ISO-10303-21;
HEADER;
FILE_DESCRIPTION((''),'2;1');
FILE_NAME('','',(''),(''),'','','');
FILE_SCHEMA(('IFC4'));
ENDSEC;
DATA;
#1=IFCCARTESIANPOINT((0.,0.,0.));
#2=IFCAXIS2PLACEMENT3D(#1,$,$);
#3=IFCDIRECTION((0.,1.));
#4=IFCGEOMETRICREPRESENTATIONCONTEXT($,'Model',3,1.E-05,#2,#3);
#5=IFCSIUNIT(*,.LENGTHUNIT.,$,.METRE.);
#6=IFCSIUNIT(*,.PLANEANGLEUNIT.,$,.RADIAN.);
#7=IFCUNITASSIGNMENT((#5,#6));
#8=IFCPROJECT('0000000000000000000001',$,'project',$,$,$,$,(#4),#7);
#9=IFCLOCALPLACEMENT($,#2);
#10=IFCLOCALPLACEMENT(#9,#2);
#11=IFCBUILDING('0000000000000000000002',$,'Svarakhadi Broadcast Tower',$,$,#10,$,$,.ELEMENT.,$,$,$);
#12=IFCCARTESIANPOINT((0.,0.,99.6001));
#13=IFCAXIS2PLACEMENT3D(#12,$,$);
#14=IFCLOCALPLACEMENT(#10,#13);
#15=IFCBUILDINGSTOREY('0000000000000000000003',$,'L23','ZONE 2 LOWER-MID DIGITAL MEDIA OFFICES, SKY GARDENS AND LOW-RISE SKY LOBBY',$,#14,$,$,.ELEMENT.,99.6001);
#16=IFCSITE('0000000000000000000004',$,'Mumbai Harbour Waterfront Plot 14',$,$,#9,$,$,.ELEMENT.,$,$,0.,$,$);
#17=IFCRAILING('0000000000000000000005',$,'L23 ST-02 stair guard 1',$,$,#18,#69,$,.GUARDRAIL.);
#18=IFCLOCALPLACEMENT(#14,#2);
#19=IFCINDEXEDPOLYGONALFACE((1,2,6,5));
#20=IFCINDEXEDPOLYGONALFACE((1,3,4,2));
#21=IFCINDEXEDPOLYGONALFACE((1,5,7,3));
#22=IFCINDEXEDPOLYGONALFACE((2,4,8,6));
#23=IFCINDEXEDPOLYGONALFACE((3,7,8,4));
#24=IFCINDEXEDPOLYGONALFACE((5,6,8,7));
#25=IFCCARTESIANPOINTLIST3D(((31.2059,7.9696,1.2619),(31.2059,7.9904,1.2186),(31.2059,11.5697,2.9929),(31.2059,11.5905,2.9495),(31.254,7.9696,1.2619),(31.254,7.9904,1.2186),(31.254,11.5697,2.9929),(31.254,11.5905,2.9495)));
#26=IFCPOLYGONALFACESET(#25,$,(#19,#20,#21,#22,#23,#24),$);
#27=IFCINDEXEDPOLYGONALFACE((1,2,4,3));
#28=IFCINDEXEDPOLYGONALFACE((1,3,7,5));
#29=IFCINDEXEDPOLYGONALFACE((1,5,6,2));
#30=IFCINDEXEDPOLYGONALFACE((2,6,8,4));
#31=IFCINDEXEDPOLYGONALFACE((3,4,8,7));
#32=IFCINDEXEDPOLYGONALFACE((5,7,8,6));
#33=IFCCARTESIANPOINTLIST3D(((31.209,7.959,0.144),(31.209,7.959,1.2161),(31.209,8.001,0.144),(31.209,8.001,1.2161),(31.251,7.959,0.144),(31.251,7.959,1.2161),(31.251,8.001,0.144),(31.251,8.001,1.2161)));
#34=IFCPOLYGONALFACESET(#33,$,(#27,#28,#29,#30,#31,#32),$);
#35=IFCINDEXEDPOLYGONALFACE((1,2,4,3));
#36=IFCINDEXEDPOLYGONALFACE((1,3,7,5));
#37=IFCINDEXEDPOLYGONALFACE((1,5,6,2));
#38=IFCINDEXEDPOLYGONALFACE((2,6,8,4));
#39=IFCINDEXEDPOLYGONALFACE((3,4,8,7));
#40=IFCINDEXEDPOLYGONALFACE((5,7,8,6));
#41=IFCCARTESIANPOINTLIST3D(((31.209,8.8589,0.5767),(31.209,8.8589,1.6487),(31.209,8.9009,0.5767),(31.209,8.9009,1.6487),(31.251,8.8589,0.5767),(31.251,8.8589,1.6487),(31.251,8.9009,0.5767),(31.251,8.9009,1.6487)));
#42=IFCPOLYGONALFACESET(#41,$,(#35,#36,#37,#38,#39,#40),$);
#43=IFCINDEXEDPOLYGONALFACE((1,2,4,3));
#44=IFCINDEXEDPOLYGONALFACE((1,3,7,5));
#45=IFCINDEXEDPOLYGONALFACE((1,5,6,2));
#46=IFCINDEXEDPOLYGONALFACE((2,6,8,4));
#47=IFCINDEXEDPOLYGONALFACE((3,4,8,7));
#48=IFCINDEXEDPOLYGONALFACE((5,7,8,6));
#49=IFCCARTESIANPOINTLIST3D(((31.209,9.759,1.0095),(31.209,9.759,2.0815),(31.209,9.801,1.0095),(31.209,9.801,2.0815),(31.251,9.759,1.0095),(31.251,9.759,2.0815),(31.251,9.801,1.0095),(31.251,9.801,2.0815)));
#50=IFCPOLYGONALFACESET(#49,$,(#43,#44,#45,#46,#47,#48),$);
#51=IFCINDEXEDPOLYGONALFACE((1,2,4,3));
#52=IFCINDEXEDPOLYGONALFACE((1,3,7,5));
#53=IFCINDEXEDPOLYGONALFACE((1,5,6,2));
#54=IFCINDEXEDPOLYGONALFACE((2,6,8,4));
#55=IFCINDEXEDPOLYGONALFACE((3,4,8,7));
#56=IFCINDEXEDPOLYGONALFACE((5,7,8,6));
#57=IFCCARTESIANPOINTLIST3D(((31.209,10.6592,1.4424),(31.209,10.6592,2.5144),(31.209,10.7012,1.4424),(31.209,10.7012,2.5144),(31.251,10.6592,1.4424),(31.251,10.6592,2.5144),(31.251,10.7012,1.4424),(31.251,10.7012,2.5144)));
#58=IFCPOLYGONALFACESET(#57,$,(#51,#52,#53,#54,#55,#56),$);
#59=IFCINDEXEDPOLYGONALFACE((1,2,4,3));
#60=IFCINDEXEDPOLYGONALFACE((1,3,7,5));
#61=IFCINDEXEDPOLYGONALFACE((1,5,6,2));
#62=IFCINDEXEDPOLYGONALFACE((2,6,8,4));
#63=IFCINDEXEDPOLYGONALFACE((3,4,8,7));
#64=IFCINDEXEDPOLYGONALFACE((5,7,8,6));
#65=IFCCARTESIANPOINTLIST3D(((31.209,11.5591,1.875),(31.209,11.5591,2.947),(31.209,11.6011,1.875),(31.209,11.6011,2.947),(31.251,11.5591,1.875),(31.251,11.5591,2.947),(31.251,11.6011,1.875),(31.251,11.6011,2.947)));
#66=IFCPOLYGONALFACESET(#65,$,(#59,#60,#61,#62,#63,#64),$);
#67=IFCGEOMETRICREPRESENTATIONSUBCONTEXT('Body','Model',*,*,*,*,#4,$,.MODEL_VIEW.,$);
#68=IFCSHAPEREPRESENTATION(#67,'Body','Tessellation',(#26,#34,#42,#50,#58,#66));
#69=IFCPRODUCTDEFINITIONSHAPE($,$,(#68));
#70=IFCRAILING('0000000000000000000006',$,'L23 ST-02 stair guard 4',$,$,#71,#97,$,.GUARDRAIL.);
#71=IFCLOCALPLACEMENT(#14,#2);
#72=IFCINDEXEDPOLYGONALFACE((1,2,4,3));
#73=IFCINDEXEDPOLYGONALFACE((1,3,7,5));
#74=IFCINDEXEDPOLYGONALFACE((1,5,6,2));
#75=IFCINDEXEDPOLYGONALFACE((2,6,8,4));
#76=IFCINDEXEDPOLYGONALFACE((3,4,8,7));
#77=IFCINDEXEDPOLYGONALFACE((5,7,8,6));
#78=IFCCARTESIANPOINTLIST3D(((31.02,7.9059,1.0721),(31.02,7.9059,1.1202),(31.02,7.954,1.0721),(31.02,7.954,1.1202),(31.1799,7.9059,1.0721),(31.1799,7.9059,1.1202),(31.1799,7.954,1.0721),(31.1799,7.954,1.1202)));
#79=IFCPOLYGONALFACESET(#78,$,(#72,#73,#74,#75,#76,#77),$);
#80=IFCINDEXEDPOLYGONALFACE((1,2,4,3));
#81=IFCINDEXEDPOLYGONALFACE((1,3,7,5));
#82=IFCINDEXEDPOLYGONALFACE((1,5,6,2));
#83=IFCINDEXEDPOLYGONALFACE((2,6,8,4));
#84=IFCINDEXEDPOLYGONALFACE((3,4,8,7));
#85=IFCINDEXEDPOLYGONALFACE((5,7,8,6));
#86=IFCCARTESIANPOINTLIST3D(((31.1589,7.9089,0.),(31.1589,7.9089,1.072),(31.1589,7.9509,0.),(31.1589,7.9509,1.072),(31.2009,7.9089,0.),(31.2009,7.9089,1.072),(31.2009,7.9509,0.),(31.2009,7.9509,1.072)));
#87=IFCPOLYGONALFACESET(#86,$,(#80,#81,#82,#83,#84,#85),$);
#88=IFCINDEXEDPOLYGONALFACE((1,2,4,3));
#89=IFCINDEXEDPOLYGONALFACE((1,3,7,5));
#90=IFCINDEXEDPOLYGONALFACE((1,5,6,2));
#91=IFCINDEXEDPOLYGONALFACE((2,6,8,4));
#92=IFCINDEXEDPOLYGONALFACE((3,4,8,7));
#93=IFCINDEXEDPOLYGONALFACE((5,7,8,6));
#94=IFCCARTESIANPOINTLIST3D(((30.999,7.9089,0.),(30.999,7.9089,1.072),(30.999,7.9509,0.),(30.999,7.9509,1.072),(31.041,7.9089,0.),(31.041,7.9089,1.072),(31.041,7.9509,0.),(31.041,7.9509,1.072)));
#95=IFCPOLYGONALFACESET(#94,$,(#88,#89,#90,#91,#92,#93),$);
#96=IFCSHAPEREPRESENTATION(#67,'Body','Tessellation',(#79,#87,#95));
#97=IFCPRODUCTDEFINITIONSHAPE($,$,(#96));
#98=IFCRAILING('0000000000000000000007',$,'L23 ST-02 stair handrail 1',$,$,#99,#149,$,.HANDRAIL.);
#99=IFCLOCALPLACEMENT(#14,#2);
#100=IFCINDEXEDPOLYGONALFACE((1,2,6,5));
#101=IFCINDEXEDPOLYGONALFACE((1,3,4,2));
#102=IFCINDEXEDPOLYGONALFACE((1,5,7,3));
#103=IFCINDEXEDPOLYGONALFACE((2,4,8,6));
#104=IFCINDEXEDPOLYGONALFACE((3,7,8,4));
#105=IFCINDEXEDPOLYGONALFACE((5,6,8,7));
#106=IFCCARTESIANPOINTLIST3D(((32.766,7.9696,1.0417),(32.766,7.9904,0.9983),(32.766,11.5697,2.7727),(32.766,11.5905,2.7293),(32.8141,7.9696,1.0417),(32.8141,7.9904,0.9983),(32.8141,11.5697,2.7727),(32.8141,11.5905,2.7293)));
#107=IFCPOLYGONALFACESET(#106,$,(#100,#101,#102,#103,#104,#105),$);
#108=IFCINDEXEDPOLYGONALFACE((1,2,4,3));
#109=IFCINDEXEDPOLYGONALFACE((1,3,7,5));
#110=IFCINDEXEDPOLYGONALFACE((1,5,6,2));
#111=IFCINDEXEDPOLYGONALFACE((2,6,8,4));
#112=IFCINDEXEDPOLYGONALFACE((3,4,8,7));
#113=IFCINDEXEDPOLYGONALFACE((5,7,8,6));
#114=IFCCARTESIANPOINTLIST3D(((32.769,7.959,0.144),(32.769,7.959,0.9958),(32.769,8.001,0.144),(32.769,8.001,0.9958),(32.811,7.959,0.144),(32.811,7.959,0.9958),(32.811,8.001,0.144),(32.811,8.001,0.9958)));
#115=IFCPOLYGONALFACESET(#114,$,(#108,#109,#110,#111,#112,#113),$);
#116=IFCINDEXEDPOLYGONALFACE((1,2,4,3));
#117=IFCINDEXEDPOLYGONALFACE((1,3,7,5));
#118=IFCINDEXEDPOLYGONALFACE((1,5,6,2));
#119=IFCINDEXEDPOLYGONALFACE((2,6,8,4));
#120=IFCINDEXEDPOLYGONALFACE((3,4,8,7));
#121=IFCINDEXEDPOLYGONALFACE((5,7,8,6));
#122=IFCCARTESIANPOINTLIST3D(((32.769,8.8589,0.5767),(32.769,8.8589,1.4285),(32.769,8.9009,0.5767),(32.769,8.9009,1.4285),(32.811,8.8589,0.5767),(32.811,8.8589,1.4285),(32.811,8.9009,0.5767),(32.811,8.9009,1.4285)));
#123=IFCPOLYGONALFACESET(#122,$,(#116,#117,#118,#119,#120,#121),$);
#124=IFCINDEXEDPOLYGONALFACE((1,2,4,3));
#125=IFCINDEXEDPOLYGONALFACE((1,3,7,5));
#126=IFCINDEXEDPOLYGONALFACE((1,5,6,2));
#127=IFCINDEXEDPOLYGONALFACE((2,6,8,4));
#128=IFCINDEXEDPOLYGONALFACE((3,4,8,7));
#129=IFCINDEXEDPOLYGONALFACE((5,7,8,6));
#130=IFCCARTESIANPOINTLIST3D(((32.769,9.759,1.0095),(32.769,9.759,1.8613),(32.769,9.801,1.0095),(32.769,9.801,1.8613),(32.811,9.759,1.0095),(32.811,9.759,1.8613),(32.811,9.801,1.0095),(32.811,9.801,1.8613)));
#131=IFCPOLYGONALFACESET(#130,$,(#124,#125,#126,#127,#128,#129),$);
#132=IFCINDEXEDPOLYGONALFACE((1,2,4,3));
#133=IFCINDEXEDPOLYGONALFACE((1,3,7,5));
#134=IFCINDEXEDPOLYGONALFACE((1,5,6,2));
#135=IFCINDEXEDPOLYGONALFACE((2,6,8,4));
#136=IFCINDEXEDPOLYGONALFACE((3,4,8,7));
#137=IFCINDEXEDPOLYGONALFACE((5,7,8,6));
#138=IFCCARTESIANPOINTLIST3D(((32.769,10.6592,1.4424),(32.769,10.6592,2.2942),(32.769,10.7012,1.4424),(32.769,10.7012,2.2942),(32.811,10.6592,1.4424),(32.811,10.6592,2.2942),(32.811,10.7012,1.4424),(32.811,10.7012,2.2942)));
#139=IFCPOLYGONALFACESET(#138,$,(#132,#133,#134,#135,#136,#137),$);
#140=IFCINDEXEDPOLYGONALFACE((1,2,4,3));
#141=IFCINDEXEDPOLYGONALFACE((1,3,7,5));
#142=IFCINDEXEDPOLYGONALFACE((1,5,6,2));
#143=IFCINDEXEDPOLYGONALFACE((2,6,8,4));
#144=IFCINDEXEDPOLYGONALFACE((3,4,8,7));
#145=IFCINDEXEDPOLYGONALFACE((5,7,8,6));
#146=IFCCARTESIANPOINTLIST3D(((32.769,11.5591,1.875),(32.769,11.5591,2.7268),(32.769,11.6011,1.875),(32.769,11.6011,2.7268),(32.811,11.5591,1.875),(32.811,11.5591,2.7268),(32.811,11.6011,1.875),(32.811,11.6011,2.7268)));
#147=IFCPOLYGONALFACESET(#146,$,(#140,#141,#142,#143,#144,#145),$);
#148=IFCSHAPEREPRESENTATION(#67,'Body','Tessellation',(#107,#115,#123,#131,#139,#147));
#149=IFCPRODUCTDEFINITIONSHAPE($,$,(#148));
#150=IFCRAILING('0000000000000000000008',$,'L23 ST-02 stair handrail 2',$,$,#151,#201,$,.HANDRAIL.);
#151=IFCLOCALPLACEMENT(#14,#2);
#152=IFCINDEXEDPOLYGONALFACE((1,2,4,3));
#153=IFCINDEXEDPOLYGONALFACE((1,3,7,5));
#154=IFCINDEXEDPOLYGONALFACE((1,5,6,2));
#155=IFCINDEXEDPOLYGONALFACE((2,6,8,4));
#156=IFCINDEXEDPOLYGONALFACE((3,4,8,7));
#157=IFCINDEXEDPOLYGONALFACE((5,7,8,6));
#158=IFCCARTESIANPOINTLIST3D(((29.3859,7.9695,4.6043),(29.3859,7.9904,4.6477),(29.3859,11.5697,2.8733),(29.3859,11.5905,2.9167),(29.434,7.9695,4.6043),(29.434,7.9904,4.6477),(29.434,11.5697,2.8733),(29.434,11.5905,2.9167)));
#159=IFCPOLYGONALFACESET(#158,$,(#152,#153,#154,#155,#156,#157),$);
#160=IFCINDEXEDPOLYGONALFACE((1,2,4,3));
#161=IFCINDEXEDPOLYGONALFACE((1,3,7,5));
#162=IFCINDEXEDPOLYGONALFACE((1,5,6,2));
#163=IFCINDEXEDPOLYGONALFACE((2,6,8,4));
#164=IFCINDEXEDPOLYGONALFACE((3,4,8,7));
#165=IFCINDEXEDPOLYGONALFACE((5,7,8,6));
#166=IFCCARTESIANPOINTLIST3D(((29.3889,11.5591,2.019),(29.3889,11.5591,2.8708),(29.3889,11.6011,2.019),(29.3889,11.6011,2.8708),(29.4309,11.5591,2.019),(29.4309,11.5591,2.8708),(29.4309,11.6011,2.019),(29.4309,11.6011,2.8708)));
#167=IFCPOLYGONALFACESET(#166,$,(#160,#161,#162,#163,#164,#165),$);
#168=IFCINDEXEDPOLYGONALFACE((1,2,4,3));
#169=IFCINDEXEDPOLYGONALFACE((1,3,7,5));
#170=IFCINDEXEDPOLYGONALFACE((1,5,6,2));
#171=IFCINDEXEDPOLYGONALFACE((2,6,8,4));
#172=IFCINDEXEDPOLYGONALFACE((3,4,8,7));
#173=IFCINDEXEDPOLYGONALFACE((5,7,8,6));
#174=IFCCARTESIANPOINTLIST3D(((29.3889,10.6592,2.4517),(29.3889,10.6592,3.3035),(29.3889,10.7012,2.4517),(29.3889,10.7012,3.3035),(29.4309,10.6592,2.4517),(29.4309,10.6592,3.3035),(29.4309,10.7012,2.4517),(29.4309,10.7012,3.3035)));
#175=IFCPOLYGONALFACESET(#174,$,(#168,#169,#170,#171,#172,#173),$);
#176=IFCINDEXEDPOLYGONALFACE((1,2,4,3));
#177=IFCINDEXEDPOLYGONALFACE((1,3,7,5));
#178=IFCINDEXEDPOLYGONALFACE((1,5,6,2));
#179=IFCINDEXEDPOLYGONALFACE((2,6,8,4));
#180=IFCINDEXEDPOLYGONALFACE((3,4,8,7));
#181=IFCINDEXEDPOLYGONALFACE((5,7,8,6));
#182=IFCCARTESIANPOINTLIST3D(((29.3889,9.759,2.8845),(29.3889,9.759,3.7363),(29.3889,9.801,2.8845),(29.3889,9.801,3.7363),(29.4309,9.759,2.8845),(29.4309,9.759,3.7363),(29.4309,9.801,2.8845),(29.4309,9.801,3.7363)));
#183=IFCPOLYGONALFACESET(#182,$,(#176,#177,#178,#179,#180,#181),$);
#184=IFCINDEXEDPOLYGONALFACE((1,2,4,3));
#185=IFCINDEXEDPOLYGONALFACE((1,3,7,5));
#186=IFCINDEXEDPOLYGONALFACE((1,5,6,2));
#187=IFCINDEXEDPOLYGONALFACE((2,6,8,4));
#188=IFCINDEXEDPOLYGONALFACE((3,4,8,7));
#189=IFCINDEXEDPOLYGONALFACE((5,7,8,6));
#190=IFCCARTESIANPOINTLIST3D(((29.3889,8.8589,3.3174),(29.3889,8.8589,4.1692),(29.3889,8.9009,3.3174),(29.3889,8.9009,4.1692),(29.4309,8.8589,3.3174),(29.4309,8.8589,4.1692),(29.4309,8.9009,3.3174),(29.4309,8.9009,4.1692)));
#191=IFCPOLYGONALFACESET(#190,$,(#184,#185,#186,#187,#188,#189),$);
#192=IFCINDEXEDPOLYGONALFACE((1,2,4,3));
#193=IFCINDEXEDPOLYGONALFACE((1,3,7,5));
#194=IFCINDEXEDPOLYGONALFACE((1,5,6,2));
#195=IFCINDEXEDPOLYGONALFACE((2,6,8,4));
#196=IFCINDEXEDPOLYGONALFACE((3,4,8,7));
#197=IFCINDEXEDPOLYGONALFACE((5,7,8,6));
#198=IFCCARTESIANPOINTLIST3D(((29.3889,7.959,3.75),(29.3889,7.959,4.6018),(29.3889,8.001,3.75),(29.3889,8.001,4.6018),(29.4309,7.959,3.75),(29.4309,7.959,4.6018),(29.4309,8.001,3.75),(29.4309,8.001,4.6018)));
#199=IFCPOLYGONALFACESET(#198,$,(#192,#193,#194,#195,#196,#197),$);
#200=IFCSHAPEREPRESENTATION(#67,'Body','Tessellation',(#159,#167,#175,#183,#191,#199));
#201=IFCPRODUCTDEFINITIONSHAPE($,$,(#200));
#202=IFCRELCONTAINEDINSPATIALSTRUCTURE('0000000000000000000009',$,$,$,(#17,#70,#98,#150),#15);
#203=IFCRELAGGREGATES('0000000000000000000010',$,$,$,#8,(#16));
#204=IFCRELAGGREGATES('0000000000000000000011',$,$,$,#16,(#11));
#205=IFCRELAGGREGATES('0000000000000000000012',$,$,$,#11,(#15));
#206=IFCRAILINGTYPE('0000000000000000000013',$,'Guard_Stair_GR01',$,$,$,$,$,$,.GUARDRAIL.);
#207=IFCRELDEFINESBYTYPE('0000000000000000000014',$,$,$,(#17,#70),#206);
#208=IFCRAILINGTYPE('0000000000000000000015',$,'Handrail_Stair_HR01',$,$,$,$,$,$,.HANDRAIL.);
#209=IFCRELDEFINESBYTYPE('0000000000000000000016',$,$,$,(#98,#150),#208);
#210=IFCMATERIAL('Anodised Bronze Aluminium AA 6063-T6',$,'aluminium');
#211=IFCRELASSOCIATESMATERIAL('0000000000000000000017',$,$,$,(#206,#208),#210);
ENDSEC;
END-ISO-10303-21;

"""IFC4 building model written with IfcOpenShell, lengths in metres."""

from ifc_helpers import new_model, si_unit, direction, frame, origin, origin_2d, place, context, subcontext, project, spatial, rectangle, extrude, material, type_object, element, save


model = new_model("IFC4")

# Units and contexts
model_context = context("Model", 3, precision=1e-05, world=origin(), true_north=direction((0.0, 1.0)))
body_context = subcontext(model_context, "Body", "Model", "MODEL_VIEW")
ifc_project = project(units=[si_unit("LENGTHUNIT", "METRE"), si_unit("PLANEANGLEUNIT", "RADIAN")], contexts=[model_context])

# Site, building, storey
site_placement = place(None, origin())
site = spatial("IfcSite", under=ifc_project, at=site_placement, Name="Mumbai Harbour Waterfront Plot 14", CompositionType="ELEMENT", RefElevation=0.0)
building_placement = place(site_placement, origin())
building = spatial("IfcBuilding", under=site, at=building_placement, Name="Svarakhadi Broadcast Tower", CompositionType="ELEMENT")
storey_placement = place(building_placement, frame((0.0, 0.0, 99.6001)))
storey = spatial("IfcBuildingStorey", under=building, at=storey_placement, Name="L23", Description="ZONE 2 LOWER-MID DIGITAL MEDIA OFFICES, SKY GARDENS AND LOW-RISE SKY LOBBY", CompositionType="ELEMENT", Elevation=99.6001)

# Shared definitions
ifc_material_1 = material(Name="Anodised Bronze Aluminium AA 6063-T6", Category="aluminium")

# Railings
railing_type_1 = type_object("IfcRailingType", Name="Guard_Stair_GR01", PredefinedType="GUARDRAIL", material=ifc_material_1)
railing_1_placement = place(storey_placement, frame((31.23, 7.98, 0.144)))
element("IfcRailing", 1, at=railing_1_placement, inside=storey, type_object=railing_type_1, Name="L23 ST-02 stair guard 1", PredefinedType="GUARDRAIL", context=body_context, shape_type="SweptSolid", body=[
    extrude(rectangle(XDim=0.0481, YDim=0.0481, at=origin_2d()), frame((0.0, 0.0, 1.0962), z_axis=(0.0, 0.901239, 0.433323), x_axis=(-1.0, 0.0, 0.0)), (0.0, 0.0, 1.0), 3.9946),
    extrude(rectangle(XDim=0.042, YDim=0.042, at=origin_2d()), origin(), (0.0, 0.0, 1.0), 1.072),
    extrude(rectangle(XDim=0.042, YDim=0.042, at=origin_2d()), frame((0.0, 0.8999, 0.4326)), (0.0, 0.0, 1.0), 1.072),
    extrude(rectangle(XDim=0.042, YDim=0.042, at=origin_2d()), frame((0.0, 1.8, 0.8655)), (0.0, 0.0, 1.0), 1.072),
    extrude(rectangle(XDim=0.042, YDim=0.042, at=origin_2d()), frame((0.0, 2.7002, 1.2983)), (0.0, 0.0, 1.0), 1.072),
    extrude(rectangle(XDim=0.042, YDim=0.042, at=origin_2d()), frame((0.0, 3.6001, 1.731)), (0.0, 0.0, 1.0), 1.072),
])
railing_2_placement = place(storey_placement, frame((31.1799, 7.9299, 0.0)))
element("IfcRailing", 2, at=railing_2_placement, inside=storey, type_object=railing_type_1, Name="L23 ST-02 stair guard 4", PredefinedType="GUARDRAIL", context=body_context, shape_type="SweptSolid", body=[
    extrude(rectangle(XDim=0.0481, YDim=0.0481, at=origin_2d()), frame((0.0, 0.0, 1.0962), z_axis=(-1.0, 0.0, 0.0), x_axis=(0.0, -1.0, 0.0)), (0.0, 0.0, 1.0), 0.1599),
    extrude(rectangle(XDim=0.042, YDim=0.042, at=origin_2d()), origin(), (0.0, 0.0, 1.0), 1.072),
    extrude(rectangle(XDim=0.042, YDim=0.042, at=origin_2d()), frame((-0.1599, 0.0, 0.0)), (0.0, 0.0, 1.0), 1.072),
])
railing_type_2 = type_object("IfcRailingType", Name="Handrail_Stair_HR01", PredefinedType="HANDRAIL", material=ifc_material_1)
railing_3_placement = place(storey_placement, frame((32.79, 7.98, 0.144)))
element("IfcRailing", 3, at=railing_3_placement, inside=storey, type_object=railing_type_2, Name="L23 ST-02 stair handrail 1", PredefinedType="HANDRAIL", context=body_context, shape_type="SweptSolid", body=[
    extrude(rectangle(XDim=0.0481, YDim=0.0481, at=origin_2d()), frame((0.0, 0.0, 0.876), z_axis=(0.0, 0.901239, 0.433323), x_axis=(-1.0, 0.0, 0.0)), (0.0, 0.0, 1.0), 3.9946),
    extrude(rectangle(XDim=0.042, YDim=0.042, at=origin_2d()), origin(), (0.0, 0.0, 1.0), 0.8518),
    extrude(rectangle(XDim=0.042, YDim=0.042, at=origin_2d()), frame((0.0, 0.8999, 0.4326)), (0.0, 0.0, 1.0), 0.8518),
    extrude(rectangle(XDim=0.042, YDim=0.042, at=origin_2d()), frame((0.0, 1.8, 0.8655)), (0.0, 0.0, 1.0), 0.8518),
    extrude(rectangle(XDim=0.042, YDim=0.042, at=origin_2d()), frame((0.0, 2.7002, 1.2983)), (0.0, 0.0, 1.0), 0.8518),
    extrude(rectangle(XDim=0.042, YDim=0.042, at=origin_2d()), frame((0.0, 3.6001, 1.731)), (0.0, 0.0, 1.0), 0.8518),
])
railing_4_placement = place(storey_placement, frame((29.4099, 11.5801, 2.019)))
element("IfcRailing", 4, at=railing_4_placement, inside=storey, type_object=railing_type_2, Name="L23 ST-02 stair handrail 2", PredefinedType="HANDRAIL", context=body_context, shape_type="SweptSolid", body=[
    extrude(rectangle(XDim=0.0481, YDim=0.0481, at=origin_2d()), frame((0.0, 0.0, 0.876), z_axis=(0.0, -0.901239, 0.433323), x_axis=(1.0, 0.0, 0.0)), (0.0, 0.0, 1.0), 3.9946),
    extrude(rectangle(XDim=0.042, YDim=0.042, at=origin_2d()), origin(), (0.0, 0.0, 1.0), 0.8518),
    extrude(rectangle(XDim=0.042, YDim=0.042, at=origin_2d()), frame((0.0, -0.8999, 0.4326)), (0.0, 0.0, 1.0), 0.8518),
    extrude(rectangle(XDim=0.042, YDim=0.042, at=origin_2d()), frame((0.0, -1.8, 0.8655)), (0.0, 0.0, 1.0), 0.8518),
    extrude(rectangle(XDim=0.042, YDim=0.042, at=origin_2d()), frame((0.0, -2.7002, 1.2983)), (0.0, 0.0, 1.0), 0.8518),
    extrude(rectangle(XDim=0.042, YDim=0.042, at=origin_2d()), frame((0.0, -3.6001, 1.731)), (0.0, 0.0, 1.0), 0.8518),
])

save(model, "model.ifc")
